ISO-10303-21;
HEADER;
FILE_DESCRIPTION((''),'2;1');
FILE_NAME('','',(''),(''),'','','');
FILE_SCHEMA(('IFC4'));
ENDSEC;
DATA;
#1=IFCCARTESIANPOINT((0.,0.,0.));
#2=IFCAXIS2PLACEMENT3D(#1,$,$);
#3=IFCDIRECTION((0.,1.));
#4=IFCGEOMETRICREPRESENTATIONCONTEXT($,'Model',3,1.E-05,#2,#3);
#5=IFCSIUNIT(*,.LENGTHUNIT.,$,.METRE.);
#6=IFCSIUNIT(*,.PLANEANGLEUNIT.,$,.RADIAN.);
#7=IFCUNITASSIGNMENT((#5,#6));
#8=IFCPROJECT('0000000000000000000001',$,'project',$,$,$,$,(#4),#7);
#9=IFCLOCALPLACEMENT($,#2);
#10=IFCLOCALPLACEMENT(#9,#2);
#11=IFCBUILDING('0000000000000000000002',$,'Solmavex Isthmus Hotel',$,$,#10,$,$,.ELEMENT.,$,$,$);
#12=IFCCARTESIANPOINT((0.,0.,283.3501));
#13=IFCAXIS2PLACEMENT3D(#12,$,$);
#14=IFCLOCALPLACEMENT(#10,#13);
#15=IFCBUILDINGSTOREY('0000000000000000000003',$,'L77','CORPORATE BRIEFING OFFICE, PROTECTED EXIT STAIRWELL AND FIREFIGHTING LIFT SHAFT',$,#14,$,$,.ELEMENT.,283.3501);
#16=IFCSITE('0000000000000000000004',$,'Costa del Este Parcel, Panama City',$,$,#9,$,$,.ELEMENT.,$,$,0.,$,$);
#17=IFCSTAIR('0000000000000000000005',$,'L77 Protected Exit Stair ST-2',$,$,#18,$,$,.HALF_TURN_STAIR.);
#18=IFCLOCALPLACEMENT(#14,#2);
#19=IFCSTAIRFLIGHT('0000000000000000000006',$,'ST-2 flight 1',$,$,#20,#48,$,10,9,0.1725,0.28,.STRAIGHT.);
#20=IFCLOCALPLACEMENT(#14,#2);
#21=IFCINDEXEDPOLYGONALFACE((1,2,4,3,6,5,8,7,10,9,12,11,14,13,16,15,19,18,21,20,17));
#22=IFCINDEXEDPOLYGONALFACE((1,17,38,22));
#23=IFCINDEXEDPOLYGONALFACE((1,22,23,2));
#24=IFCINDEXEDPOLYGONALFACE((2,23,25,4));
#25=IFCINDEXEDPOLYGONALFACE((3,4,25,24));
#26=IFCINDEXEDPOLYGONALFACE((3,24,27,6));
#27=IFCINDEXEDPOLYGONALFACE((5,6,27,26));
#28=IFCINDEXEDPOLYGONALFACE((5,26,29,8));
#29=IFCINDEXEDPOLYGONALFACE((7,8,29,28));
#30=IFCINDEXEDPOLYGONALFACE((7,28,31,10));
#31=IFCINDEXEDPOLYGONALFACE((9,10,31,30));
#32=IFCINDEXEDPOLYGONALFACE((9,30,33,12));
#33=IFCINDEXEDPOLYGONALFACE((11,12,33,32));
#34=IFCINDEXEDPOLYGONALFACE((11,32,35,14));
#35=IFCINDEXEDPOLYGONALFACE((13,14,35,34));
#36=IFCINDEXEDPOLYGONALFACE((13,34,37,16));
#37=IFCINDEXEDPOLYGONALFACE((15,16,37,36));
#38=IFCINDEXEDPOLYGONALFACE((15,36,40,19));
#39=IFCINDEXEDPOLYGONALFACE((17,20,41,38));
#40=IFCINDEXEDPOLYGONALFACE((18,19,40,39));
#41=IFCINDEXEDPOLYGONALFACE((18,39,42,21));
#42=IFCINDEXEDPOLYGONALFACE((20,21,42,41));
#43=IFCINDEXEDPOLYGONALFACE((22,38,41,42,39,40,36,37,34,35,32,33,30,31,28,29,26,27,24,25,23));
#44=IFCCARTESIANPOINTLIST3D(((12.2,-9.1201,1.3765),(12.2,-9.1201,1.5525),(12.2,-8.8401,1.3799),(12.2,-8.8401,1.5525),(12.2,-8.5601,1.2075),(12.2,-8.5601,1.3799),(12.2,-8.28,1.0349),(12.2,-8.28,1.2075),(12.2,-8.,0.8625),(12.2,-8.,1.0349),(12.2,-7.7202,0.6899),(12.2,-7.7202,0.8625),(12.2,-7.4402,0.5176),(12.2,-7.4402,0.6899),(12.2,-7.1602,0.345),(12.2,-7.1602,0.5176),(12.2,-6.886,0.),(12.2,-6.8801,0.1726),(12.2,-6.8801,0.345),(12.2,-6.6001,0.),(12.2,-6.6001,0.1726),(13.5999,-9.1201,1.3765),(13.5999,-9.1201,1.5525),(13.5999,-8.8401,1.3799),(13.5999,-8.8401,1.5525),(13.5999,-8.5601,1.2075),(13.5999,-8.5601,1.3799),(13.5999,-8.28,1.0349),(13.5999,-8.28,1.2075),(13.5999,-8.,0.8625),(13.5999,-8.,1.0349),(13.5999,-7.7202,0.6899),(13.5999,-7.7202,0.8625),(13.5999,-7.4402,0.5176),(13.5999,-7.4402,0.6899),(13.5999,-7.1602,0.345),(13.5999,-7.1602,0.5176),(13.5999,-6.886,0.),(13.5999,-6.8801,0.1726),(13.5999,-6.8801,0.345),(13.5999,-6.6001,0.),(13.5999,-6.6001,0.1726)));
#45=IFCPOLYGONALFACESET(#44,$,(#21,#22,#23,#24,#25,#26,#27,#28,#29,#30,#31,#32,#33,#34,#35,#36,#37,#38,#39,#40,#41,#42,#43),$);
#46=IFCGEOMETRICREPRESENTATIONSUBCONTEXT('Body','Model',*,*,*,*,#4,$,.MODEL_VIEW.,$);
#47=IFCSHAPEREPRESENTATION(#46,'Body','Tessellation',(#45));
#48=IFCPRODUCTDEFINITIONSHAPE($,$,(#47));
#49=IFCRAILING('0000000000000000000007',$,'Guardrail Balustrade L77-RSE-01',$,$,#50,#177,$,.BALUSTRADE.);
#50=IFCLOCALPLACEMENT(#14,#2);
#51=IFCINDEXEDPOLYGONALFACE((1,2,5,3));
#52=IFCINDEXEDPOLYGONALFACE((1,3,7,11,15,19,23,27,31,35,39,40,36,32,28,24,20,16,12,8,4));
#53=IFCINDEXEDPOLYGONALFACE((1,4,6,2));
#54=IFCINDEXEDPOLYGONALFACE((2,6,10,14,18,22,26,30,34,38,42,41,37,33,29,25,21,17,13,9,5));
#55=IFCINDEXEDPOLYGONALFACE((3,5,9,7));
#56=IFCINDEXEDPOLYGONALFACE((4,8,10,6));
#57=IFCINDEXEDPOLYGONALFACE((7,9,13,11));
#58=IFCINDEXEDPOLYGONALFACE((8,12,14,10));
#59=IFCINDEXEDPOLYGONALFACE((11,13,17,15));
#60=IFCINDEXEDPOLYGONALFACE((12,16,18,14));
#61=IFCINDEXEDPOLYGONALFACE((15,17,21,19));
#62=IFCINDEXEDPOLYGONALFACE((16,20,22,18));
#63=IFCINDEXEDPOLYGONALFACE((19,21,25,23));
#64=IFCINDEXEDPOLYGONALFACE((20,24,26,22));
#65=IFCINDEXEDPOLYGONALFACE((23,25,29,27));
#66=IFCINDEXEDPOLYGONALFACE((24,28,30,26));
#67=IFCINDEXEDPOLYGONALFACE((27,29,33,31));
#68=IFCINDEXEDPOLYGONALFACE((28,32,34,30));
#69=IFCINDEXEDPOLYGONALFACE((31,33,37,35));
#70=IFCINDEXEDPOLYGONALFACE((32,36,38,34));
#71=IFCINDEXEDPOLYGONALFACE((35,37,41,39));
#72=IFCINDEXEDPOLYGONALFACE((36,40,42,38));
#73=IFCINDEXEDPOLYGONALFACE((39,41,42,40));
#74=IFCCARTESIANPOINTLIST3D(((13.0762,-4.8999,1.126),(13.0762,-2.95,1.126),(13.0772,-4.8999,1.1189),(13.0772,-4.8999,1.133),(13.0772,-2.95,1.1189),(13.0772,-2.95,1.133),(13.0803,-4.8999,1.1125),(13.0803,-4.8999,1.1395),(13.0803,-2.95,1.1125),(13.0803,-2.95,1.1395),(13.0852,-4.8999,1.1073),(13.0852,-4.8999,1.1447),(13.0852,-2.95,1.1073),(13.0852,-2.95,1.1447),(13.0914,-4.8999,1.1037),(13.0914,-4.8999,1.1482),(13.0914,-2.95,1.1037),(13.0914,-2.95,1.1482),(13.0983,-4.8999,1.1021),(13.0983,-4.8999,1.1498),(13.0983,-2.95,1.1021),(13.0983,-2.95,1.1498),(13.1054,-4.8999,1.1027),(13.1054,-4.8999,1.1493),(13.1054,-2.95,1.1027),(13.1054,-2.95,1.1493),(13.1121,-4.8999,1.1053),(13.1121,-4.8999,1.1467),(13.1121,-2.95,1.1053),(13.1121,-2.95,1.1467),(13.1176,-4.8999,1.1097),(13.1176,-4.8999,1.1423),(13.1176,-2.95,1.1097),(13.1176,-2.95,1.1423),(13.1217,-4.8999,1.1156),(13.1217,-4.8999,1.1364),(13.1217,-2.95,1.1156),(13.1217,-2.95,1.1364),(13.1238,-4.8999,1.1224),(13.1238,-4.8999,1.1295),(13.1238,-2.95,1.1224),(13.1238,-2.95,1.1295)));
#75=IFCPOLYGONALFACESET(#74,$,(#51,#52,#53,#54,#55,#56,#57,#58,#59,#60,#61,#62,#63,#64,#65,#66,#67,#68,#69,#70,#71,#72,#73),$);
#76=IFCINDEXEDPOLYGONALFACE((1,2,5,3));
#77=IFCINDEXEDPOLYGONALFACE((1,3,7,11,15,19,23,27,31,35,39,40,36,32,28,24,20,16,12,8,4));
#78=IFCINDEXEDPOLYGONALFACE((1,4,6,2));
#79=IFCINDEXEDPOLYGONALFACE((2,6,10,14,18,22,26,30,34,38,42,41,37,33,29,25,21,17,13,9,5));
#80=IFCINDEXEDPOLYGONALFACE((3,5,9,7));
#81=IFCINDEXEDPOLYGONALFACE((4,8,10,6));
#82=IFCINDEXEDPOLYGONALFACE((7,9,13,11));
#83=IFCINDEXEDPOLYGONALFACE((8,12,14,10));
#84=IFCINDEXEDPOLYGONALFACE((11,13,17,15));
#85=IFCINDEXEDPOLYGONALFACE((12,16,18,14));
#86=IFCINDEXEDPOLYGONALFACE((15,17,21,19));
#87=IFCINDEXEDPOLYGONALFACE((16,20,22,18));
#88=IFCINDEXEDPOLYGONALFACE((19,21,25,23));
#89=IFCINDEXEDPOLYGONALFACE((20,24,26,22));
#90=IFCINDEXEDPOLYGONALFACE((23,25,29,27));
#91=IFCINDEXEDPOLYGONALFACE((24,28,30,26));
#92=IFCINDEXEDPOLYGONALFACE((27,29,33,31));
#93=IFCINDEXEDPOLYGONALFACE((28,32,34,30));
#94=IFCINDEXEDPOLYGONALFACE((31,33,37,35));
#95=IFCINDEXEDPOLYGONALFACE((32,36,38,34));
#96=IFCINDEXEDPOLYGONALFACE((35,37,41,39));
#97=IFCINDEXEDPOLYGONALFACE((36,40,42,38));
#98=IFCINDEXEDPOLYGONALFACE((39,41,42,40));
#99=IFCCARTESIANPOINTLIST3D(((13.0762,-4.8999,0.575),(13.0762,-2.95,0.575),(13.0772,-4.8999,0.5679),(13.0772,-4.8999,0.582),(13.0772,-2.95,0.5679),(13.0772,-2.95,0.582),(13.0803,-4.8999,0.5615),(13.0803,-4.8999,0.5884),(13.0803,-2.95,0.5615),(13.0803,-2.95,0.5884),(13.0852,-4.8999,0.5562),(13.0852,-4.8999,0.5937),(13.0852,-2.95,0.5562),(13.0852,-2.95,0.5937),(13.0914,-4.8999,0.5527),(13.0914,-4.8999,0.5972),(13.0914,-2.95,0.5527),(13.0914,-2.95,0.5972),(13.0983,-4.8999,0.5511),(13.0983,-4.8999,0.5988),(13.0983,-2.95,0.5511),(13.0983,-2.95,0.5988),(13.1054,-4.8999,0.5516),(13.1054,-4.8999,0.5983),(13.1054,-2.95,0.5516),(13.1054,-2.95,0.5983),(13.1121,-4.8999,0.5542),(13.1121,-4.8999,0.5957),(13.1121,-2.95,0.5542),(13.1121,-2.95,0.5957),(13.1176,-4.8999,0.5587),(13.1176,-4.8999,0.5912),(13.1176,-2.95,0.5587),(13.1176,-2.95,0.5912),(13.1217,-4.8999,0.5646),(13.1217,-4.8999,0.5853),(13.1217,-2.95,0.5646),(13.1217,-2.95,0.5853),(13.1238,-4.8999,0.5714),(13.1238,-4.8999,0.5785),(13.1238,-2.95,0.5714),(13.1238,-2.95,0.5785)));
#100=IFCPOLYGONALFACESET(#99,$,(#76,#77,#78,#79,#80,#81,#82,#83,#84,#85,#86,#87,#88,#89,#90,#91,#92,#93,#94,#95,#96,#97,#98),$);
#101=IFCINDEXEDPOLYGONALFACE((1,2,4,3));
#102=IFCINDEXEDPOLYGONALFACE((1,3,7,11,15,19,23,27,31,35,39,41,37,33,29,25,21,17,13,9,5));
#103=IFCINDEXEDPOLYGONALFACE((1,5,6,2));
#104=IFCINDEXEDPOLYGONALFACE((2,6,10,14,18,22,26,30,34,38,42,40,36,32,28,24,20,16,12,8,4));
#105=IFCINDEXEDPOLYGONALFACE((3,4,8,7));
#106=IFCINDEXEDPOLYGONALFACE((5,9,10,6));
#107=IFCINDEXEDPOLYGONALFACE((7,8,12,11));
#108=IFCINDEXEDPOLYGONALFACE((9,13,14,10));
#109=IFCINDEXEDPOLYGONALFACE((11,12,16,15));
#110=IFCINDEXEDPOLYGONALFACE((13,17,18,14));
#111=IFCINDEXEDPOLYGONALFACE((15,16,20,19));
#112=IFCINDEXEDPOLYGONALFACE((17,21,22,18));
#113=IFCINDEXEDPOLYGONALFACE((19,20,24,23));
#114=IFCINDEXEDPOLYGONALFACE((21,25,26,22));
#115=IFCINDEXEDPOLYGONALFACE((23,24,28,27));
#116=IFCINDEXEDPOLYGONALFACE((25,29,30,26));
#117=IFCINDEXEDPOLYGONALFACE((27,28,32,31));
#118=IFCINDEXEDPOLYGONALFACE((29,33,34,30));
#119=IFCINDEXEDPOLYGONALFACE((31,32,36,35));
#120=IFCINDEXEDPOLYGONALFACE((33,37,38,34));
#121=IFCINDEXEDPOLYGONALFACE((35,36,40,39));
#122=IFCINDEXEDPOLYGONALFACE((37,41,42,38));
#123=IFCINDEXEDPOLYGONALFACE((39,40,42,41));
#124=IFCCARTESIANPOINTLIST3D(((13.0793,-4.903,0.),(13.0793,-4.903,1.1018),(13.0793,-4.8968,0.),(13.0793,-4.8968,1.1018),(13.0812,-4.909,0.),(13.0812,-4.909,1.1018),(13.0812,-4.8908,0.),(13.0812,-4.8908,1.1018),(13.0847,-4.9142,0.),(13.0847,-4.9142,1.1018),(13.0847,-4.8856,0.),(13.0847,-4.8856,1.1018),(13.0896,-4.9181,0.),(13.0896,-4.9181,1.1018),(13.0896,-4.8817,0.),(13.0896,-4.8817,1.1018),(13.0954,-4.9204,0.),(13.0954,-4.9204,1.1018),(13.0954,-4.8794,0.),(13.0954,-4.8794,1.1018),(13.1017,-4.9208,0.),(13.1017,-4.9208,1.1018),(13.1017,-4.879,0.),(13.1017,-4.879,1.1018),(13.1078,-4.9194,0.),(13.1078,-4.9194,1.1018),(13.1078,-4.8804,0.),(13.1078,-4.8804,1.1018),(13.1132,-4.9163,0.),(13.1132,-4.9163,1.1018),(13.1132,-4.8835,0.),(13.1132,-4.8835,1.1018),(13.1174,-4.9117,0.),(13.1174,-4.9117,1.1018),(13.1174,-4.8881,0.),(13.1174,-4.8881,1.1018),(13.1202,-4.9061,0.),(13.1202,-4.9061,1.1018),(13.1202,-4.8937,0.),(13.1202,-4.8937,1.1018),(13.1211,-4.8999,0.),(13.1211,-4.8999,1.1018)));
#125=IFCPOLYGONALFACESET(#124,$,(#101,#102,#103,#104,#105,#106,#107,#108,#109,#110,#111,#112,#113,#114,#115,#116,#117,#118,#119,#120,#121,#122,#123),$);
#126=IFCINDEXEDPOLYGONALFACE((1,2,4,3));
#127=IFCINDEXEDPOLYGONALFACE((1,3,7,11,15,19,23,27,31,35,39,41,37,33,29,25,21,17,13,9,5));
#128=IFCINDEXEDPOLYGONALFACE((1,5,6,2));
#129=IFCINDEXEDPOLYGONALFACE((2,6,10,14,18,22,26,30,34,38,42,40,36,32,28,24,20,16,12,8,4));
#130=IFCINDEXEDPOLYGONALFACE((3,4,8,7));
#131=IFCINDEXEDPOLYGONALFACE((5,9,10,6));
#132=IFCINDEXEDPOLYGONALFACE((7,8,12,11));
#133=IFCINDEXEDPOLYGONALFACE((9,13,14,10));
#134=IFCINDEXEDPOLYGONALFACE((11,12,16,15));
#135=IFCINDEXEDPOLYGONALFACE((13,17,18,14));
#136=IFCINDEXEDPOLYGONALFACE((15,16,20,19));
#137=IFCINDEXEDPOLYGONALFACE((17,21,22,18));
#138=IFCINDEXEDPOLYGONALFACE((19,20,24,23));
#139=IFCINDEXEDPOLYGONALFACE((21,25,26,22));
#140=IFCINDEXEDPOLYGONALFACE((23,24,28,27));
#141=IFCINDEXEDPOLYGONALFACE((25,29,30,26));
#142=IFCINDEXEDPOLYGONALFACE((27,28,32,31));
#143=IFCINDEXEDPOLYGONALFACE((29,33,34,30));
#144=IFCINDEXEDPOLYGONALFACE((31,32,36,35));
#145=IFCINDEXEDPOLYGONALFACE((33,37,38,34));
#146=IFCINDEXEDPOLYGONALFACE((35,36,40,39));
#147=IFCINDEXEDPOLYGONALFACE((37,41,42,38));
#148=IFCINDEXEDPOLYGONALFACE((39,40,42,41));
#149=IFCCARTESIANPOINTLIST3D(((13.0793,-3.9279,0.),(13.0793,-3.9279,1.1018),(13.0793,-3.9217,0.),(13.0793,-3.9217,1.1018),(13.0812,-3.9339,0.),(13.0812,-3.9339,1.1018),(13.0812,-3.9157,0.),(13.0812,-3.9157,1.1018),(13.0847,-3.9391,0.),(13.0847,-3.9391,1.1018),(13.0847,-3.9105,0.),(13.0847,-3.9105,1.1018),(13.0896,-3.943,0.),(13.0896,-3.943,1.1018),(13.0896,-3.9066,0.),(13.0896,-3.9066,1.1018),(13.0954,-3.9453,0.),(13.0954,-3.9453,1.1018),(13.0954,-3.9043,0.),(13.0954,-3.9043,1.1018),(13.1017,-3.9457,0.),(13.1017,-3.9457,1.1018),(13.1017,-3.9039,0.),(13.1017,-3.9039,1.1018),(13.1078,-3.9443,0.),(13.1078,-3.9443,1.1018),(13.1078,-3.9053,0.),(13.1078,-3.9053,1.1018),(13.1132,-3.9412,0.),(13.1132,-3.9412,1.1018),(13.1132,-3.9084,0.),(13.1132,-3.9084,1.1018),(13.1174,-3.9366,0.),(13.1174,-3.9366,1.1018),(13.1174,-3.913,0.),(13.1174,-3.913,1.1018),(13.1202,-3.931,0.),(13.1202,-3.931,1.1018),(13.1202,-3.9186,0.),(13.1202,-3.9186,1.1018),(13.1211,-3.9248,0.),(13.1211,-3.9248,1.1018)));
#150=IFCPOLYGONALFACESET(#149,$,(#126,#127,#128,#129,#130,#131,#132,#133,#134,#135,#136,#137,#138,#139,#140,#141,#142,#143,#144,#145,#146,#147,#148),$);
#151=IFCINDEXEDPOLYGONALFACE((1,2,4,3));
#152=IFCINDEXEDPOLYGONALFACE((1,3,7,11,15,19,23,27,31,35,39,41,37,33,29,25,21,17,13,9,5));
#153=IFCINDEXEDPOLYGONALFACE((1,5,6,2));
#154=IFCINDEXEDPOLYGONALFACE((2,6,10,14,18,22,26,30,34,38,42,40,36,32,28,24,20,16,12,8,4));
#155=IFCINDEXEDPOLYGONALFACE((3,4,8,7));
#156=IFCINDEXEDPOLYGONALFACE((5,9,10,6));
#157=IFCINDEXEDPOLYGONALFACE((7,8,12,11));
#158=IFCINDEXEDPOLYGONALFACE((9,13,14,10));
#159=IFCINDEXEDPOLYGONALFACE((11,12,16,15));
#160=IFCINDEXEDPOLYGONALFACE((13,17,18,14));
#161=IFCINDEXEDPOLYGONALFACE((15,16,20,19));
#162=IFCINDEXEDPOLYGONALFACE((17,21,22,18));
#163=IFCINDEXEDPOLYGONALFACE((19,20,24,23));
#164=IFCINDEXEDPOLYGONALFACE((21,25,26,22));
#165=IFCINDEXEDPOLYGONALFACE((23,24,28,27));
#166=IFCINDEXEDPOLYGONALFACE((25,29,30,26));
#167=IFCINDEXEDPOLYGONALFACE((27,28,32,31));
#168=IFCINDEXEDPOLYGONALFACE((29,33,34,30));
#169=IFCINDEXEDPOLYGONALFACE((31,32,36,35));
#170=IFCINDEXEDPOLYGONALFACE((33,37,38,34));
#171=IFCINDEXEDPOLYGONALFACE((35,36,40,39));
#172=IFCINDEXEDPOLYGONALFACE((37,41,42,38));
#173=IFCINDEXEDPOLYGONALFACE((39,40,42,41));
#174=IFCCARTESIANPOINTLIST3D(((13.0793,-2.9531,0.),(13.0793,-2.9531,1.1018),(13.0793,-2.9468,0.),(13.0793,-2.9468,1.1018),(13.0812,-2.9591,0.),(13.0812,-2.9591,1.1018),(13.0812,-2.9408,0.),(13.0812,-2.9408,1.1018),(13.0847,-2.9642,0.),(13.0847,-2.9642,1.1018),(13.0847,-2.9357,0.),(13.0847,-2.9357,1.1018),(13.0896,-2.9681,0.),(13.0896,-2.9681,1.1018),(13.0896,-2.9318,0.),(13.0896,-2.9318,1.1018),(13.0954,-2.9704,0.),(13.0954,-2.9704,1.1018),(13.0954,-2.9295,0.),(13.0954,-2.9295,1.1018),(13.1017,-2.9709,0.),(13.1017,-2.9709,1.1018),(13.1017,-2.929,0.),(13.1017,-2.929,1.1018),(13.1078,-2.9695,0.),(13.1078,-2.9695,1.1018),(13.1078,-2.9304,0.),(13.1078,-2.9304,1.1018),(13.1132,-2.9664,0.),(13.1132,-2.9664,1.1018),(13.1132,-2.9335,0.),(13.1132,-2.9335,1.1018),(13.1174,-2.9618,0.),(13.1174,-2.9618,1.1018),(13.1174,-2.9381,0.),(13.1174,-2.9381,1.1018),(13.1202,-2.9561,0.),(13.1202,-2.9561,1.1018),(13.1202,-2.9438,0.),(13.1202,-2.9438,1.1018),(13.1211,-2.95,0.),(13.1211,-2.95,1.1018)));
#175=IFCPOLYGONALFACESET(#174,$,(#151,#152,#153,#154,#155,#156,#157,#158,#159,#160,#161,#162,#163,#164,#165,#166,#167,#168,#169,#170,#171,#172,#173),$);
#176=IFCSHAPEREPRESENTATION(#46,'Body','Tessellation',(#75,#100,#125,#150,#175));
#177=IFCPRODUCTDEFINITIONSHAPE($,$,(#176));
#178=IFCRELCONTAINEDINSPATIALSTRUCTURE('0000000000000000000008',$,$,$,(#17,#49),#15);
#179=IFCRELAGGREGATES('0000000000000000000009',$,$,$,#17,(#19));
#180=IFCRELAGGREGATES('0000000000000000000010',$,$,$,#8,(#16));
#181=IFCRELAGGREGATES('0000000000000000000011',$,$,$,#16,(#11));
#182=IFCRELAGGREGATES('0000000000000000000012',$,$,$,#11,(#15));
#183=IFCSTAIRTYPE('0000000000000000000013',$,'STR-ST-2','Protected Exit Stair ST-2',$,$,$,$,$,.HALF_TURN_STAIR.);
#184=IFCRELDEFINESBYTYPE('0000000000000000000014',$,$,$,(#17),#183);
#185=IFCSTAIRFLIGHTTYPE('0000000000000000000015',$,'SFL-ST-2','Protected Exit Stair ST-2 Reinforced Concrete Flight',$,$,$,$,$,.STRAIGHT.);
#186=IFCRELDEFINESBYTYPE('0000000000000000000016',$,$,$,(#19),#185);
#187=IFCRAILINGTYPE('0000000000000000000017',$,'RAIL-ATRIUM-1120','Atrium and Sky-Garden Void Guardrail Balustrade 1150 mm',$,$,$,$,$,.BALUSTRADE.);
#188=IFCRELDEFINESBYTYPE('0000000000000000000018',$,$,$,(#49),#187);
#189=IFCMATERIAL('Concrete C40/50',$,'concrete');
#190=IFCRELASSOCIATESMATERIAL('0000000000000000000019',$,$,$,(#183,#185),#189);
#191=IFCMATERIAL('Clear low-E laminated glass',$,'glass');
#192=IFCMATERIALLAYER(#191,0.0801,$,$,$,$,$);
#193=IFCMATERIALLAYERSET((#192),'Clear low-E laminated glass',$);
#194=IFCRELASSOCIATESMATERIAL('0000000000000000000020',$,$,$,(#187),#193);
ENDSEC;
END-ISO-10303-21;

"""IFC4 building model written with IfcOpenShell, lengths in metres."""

from ifc_helpers import new_model, si_unit, direction, frame, origin, origin_2d, place, context, subcontext, project, spatial, polyline, circle, outline, extrude, material, layer, layer_set, type_object, element, aggregate, save


model = new_model("IFC4")

# Units and contexts
model_context = context("Model", 3, precision=1e-05, world=origin(), true_north=direction((0.0, 1.0)))
body_context = subcontext(model_context, "Body", "Model", "MODEL_VIEW")
ifc_project = project(units=[si_unit("LENGTHUNIT", "METRE"), si_unit("PLANEANGLEUNIT", "RADIAN")], contexts=[model_context])

# Site, building, storey
site_placement = place(None, origin())
site = spatial("IfcSite", under=ifc_project, at=site_placement, Name="Costa del Este Parcel, Panama City", CompositionType="ELEMENT", RefElevation=0.0)
building_placement = place(site_placement, origin())
building = spatial("IfcBuilding", under=site, at=building_placement, Name="Solmavex Isthmus Hotel", CompositionType="ELEMENT")
storey_placement = place(building_placement, frame((0.0, 0.0, 283.3501)))
storey = spatial("IfcBuildingStorey", under=building, at=storey_placement, Name="L77", Description="CORPORATE BRIEFING OFFICE, PROTECTED EXIT STAIRWELL AND FIREFIGHTING LIFT SHAFT", CompositionType="ELEMENT", Elevation=283.3501)

# Shared definitions
ifc_material_1 = material(Name="Clear low-E laminated glass", Category="glass")

# Shared definitions
ifc_material_2 = material(Name="Concrete C40/50", Category="concrete")

# Stair, stair flight
stair_type = type_object("IfcStairType", Name="STR-ST-2", Description="Protected Exit Stair ST-2", PredefinedType="HALF_TURN_STAIR", material=ifc_material_2)
stair_placement = place(storey_placement, origin())
stair = element("IfcStair", 1, at=stair_placement, inside=storey, type_object=stair_type, Name="L77 Protected Exit Stair ST-2", PredefinedType="HALF_TURN_STAIR")
stair_flight_type = type_object("IfcStairFlightType", Name="SFL-ST-2", Description="Protected Exit Stair ST-2 Reinforced Concrete Flight", PredefinedType="STRAIGHT", material=ifc_material_2)
stair_flight_placement = place(storey_placement, frame((12.8999, -6.6001, 0.0), z_axis=(0.0, 0.0, 1.0), x_axis=(0.0, -1.0, 0.0)))
stair_flight = element("IfcStairFlight", 2, at=stair_flight_placement, type_object=stair_flight_type, Name="ST-2 flight 1", NumberOfRisers=10, NumberOfTreads=9, PredefinedType="STRAIGHT", RiserHeight=0.1725, TreadLength=0.28, context=body_context, shape_type="SweptSolid", body=[
    extrude(outline(polyline([(0.0, 0.0), (0.0, 0.1726), (0.28, 0.1726), (0.28, 0.345), (0.5601, 0.345), (0.5601, 0.5176), (0.8401, 0.5176), (0.8401, 0.6899), (1.1201, 0.6899), (1.1201, 0.8625), (1.3999, 0.8625), (1.3999, 1.0349), (1.6799, 1.0349), (1.6799, 1.2075), (1.96, 1.2075), (1.96, 1.3799), (2.24, 1.3799), (2.24, 1.5525), (2.52, 1.5525), (2.52, 1.7251), (2.52, 1.3765), (0.2859, 0.0), (0.0, 0.0)])), frame((0.0, 0.7, 0.0), z_axis=(0.0, -1.0, 0.0), x_axis=(1.0, 0.0, 0.0)), (0.0, 0.0, 1.0), 1.3999),
])
aggregate(stair, [stair_flight])

# Railing
ifc_layer_1 = layer(ifc_material_1, 0.0801)
ifc_layer_set_1 = layer_set([ifc_layer_1], Name="Clear low-E laminated glass")
railing_type_1 = type_object("IfcRailingType", Name="RAIL-ATRIUM-1120", Description="Atrium and Sky-Garden Void Guardrail Balustrade 1150 mm", PredefinedType="BALUSTRADE", material=ifc_layer_set_1)
railing_1_placement = place(storey_placement, frame((13.1001, -4.8999, 0.0)))
element("IfcRailing", 3, at=railing_1_placement, inside=storey, type_object=railing_type_1, Name="Guardrail Balustrade L77-RSE-01", PredefinedType="BALUSTRADE", context=body_context, shape_type="SweptSolid", body=[
    extrude(circle(Radius=0.0239, at=origin_2d()), frame((0.0, 0.0, 1.126), z_axis=(0.0, 1.0, 0.0), x_axis=(-1.0, 0.0, 0.0)), (0.0, 0.0, 1.0), 1.95),
    extrude(circle(Radius=0.0239, at=origin_2d()), frame((0.0, 0.0, 0.575), z_axis=(0.0, 1.0, 0.0), x_axis=(-1.0, 0.0, 0.0)), (0.0, 0.0, 1.0), 1.95),
    extrude(circle(Radius=0.021, at=origin_2d()), origin(), (0.0, 0.0, 1.0), 1.1018),
    extrude(circle(Radius=0.021, at=origin_2d()), frame((0.0, 0.9751, 0.0)), (0.0, 0.0, 1.0), 1.1018),
    extrude(circle(Radius=0.021, at=origin_2d()), frame((0.0, 1.95, 0.0)), (0.0, 0.0, 1.0), 1.1018),
])

save(model, "model.ifc")
